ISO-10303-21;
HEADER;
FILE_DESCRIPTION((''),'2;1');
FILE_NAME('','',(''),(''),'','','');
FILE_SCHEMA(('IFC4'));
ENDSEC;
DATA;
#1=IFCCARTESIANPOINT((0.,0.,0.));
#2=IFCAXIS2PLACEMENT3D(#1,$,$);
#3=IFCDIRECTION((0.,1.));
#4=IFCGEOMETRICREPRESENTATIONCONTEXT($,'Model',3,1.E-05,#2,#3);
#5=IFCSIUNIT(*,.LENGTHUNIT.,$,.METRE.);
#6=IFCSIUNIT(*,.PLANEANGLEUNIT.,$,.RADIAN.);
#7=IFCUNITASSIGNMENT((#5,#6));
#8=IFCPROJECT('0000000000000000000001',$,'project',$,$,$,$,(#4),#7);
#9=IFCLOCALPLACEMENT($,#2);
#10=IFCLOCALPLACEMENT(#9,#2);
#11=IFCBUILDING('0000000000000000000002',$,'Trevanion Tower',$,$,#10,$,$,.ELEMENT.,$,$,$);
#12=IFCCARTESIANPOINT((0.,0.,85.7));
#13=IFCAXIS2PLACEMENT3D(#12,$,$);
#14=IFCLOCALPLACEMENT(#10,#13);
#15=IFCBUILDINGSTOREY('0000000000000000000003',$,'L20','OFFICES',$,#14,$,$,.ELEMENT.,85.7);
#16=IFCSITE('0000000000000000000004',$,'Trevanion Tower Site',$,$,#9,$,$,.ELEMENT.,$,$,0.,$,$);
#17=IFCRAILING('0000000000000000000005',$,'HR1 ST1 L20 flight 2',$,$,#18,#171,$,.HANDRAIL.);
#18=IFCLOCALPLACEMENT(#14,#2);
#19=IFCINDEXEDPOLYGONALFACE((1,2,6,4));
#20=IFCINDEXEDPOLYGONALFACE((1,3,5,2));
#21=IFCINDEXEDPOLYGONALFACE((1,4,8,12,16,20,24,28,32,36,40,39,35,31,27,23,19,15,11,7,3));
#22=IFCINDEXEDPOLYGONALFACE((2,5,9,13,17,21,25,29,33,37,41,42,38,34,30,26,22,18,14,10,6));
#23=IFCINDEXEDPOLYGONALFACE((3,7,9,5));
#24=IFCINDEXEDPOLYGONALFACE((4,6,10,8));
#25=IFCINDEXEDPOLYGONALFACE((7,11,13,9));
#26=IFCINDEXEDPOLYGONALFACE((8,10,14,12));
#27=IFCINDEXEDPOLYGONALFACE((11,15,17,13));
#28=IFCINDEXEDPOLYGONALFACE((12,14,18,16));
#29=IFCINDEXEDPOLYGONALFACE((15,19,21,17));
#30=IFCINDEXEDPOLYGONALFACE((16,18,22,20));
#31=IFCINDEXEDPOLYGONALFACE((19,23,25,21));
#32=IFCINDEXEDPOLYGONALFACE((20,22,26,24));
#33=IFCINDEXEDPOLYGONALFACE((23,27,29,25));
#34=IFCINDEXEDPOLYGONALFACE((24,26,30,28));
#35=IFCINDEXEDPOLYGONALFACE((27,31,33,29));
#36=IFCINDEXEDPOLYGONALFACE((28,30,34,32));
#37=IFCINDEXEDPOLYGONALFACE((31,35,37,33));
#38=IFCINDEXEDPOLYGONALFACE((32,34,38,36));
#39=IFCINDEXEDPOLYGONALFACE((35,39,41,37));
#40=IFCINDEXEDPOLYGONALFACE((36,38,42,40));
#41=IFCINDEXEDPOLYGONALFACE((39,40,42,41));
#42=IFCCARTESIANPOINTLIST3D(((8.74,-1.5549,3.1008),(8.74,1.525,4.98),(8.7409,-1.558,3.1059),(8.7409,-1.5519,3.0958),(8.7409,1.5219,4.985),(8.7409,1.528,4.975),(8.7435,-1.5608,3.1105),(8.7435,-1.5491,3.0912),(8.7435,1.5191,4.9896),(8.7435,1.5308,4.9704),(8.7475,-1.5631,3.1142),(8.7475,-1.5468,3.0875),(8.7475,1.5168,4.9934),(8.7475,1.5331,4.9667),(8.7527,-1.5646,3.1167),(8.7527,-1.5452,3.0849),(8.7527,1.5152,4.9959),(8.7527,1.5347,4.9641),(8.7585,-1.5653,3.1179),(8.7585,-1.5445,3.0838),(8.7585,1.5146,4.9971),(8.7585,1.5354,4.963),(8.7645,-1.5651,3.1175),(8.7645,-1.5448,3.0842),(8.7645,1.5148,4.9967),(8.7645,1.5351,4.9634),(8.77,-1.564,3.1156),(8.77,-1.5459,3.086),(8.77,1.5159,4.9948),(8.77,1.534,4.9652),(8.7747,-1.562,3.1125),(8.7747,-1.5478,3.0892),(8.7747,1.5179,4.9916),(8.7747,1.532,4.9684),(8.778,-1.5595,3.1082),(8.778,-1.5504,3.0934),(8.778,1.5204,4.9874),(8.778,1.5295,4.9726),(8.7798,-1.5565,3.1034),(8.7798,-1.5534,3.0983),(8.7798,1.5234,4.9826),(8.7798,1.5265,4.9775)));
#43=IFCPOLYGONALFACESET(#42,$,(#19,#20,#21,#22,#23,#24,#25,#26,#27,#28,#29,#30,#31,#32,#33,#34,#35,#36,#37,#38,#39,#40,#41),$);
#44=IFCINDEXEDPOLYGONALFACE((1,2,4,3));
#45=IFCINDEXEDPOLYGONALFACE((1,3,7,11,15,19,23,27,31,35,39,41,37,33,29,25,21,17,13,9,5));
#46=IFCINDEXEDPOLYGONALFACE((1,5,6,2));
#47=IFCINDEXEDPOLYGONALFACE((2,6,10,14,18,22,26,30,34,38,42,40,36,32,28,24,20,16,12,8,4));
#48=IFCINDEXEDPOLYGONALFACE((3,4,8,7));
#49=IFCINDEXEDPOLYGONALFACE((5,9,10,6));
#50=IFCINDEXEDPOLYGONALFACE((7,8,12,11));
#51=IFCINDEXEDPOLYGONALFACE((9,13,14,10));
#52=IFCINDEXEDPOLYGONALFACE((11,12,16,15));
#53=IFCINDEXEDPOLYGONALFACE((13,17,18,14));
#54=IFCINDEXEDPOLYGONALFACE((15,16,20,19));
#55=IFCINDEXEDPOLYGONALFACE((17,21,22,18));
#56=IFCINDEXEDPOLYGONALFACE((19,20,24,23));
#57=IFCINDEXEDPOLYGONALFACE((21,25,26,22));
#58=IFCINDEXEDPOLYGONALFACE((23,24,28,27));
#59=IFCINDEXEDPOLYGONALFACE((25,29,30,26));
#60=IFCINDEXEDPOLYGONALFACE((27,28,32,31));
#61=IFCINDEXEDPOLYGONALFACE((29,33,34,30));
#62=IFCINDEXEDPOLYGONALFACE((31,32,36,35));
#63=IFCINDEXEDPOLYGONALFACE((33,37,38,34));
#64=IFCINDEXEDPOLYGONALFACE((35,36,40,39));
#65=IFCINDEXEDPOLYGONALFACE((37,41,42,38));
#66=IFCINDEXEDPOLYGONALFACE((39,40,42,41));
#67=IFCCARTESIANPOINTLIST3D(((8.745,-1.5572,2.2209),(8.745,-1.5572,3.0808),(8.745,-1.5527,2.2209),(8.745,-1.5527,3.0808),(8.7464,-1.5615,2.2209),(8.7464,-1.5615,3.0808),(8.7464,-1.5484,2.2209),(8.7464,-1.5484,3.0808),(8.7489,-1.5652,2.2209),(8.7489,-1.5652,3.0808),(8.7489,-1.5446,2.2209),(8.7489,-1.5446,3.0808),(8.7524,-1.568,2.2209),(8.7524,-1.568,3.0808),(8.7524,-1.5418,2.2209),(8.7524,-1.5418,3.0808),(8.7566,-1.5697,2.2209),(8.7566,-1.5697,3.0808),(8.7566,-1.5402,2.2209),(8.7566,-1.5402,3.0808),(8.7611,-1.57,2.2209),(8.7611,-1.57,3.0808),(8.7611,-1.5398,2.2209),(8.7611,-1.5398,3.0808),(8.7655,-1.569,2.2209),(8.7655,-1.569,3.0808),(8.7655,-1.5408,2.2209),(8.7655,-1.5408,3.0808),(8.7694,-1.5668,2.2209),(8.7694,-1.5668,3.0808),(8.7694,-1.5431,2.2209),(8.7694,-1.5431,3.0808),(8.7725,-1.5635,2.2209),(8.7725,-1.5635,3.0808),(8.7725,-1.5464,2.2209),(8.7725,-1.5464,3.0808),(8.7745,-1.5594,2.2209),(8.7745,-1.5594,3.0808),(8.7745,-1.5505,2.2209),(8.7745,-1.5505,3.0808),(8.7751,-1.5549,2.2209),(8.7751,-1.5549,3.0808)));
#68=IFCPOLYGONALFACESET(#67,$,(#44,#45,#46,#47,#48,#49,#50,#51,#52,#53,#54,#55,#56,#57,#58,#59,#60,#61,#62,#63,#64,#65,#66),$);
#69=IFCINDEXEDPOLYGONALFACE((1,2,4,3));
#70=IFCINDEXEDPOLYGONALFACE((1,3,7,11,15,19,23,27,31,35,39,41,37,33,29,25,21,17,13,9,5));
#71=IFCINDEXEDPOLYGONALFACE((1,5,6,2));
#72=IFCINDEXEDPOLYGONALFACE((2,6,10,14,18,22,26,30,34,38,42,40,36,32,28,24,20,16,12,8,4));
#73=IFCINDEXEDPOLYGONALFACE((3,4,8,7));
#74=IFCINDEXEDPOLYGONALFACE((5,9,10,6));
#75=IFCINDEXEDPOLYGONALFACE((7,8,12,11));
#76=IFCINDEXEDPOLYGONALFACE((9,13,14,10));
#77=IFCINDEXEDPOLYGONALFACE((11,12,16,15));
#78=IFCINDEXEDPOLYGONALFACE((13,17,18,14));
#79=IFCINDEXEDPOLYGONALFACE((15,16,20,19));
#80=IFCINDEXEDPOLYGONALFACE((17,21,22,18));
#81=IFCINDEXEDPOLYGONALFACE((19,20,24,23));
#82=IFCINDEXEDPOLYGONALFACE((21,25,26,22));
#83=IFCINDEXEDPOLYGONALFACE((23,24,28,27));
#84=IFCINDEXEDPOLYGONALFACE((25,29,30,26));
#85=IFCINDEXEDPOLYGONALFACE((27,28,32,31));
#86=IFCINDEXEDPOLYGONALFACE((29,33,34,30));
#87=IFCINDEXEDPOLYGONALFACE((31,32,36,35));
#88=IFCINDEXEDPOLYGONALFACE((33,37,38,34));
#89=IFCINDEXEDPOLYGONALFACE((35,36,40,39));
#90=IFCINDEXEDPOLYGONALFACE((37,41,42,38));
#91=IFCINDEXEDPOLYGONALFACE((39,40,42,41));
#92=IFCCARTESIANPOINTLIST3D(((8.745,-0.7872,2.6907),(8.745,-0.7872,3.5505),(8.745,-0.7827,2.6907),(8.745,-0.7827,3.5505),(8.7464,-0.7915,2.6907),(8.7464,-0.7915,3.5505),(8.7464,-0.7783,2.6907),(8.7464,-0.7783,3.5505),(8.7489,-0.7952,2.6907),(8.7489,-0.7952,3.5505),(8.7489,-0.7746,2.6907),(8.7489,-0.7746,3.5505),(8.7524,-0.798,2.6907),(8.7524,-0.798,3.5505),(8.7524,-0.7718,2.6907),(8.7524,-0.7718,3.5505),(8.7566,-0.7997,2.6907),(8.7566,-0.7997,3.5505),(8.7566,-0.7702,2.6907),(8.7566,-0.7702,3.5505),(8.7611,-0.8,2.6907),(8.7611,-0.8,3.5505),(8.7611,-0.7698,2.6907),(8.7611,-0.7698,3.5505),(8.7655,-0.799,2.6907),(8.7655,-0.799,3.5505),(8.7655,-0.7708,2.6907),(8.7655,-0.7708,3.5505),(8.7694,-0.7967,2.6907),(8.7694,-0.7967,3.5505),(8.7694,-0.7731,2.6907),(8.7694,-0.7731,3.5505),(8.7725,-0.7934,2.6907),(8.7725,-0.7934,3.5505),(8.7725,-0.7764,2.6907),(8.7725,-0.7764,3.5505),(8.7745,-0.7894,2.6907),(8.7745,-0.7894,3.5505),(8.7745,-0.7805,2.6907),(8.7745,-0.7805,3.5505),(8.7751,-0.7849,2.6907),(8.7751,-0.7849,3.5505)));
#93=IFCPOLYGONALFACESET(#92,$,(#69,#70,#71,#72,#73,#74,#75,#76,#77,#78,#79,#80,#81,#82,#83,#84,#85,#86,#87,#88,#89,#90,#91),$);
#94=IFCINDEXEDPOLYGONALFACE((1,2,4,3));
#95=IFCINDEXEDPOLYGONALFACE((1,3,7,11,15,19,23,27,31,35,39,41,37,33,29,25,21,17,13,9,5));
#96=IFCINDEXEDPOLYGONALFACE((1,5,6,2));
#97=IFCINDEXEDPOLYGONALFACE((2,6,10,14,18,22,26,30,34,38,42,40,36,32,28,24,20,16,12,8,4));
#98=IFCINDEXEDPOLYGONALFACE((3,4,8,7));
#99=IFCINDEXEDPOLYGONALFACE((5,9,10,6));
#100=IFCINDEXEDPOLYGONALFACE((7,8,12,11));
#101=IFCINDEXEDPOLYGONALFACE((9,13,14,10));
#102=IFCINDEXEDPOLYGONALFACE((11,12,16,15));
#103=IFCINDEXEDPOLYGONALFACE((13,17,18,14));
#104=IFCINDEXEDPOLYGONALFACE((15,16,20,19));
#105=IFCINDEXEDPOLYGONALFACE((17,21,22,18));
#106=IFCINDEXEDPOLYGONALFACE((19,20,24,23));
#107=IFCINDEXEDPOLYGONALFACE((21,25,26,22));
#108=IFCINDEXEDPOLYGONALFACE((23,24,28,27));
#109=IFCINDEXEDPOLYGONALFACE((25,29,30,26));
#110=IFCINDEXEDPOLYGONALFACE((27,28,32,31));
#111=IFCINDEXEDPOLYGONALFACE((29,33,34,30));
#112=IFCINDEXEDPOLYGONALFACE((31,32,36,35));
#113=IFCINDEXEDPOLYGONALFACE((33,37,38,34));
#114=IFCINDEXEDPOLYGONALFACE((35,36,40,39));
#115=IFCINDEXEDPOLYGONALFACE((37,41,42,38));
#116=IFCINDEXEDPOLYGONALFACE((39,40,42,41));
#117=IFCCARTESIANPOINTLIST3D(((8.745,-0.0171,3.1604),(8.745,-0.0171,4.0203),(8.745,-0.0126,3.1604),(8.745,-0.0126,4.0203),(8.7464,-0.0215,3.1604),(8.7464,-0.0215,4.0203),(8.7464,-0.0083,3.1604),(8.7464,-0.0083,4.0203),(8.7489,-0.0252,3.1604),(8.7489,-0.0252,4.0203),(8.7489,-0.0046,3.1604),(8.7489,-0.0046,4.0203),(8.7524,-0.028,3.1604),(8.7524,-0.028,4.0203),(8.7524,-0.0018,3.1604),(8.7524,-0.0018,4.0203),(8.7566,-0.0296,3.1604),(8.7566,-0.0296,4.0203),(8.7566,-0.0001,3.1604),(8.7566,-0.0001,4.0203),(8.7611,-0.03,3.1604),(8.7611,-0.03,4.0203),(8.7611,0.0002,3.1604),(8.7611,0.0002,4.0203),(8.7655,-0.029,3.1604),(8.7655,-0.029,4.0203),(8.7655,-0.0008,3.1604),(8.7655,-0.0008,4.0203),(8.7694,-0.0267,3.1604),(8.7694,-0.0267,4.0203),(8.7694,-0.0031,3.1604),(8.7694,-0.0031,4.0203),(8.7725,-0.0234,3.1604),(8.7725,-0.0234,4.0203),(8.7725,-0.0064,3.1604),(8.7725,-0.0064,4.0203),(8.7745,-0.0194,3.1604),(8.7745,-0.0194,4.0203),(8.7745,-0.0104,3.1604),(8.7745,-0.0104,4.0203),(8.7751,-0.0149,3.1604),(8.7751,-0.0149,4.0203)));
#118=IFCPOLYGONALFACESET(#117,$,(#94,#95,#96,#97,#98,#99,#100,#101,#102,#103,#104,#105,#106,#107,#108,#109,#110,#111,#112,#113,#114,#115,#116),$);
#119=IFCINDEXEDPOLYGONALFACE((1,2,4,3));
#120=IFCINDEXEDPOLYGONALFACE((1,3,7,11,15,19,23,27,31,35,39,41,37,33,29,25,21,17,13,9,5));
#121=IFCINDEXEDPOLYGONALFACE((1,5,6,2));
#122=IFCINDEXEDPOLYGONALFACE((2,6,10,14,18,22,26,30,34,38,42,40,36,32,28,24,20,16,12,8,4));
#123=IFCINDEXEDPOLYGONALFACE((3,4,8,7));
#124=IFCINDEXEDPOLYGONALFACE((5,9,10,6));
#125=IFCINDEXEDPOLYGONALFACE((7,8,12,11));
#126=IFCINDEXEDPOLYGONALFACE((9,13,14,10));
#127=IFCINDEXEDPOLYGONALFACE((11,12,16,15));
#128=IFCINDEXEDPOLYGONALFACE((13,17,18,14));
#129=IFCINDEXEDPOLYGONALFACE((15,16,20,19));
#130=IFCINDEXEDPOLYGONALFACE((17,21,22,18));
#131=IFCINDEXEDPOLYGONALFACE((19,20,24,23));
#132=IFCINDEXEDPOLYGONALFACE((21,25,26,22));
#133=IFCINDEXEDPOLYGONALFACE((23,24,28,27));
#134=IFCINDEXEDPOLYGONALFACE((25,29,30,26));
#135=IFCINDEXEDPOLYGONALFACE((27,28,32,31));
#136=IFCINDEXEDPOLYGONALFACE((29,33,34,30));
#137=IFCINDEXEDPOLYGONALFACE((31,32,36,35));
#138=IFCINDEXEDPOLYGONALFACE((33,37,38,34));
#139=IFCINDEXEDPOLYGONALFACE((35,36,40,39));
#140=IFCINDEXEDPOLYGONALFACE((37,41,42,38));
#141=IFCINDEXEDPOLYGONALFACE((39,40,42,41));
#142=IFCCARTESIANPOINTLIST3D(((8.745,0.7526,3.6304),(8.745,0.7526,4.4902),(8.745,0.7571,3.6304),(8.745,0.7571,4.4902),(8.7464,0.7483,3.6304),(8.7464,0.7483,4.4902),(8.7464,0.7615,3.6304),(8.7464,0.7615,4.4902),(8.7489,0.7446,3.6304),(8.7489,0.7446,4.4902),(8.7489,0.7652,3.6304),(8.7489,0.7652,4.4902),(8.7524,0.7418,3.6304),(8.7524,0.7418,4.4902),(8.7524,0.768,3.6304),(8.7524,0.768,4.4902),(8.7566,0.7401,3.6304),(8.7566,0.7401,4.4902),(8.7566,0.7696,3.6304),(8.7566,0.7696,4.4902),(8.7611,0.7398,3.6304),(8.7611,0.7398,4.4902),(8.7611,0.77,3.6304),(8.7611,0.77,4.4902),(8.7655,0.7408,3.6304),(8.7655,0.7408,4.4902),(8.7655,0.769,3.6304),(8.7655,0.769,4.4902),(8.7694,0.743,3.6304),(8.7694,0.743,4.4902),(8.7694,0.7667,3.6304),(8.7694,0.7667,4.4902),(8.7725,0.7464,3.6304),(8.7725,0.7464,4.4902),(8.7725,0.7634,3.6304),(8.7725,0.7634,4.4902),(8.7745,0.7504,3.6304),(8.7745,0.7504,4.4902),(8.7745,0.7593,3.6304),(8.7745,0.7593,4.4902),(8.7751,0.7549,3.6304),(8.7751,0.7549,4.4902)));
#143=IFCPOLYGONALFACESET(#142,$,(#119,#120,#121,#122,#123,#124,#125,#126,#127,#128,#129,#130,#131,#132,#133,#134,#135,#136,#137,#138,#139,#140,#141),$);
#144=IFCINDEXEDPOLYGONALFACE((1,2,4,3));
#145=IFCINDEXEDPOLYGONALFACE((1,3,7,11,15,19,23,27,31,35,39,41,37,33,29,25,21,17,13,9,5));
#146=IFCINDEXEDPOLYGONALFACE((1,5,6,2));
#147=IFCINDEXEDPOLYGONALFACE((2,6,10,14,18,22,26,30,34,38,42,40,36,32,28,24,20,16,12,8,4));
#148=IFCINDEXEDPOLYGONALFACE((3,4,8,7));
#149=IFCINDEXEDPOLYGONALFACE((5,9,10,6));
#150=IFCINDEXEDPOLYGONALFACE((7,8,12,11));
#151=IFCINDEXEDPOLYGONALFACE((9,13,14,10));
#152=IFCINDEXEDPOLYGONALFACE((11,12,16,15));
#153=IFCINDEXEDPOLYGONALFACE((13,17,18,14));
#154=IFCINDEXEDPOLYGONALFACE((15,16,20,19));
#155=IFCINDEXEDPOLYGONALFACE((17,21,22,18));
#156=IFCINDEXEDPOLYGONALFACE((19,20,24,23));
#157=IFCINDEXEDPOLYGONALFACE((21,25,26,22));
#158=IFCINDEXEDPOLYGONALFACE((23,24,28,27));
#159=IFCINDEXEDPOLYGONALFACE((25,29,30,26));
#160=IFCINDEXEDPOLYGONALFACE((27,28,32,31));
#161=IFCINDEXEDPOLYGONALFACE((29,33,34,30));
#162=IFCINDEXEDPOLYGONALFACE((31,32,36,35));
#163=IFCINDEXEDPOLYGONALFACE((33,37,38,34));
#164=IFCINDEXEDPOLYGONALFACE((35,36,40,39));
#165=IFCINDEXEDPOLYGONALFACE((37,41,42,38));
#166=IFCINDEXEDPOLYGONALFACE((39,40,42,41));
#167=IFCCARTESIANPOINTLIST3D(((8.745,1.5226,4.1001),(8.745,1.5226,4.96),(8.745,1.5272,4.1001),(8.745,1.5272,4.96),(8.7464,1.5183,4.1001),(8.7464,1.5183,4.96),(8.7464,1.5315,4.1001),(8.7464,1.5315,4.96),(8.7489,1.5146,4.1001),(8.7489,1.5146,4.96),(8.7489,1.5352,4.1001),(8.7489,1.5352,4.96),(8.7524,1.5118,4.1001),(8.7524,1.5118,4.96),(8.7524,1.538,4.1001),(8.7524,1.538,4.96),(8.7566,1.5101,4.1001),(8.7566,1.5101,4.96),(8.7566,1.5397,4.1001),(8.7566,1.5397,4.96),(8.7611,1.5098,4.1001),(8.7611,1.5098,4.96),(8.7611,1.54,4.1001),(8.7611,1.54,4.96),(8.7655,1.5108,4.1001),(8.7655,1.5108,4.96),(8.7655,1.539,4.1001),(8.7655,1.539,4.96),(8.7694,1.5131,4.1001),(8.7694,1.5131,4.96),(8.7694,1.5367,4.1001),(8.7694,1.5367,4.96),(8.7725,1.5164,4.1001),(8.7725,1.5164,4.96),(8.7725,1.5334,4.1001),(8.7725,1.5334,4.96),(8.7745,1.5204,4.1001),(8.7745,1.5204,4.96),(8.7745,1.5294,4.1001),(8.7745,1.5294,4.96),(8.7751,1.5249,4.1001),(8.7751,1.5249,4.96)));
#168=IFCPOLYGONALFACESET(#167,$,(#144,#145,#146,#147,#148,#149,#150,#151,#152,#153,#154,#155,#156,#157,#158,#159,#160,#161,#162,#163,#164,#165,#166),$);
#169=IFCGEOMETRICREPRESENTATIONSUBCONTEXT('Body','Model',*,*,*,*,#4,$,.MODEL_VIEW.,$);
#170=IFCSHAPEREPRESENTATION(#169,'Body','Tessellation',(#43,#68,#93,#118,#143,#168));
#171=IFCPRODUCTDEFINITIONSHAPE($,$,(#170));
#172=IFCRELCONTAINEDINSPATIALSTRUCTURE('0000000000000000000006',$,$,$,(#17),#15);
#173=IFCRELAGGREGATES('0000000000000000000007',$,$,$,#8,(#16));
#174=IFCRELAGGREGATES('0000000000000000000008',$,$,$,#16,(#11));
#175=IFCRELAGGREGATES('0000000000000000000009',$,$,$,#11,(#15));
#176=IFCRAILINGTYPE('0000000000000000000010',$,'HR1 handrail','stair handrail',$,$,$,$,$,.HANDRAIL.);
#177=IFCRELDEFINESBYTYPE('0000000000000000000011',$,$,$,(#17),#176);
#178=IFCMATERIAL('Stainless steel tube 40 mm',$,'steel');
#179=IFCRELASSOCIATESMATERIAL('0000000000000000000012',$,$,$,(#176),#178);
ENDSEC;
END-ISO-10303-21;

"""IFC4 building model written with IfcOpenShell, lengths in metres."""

from ifc_helpers import new_model, si_unit, direction, frame, origin, origin_2d, place, context, subcontext, project, spatial, circle, extrude, material, type_object, element, save


model = new_model("IFC4")

# Units and contexts
model_context = context("Model", 3, precision=1e-05, world=origin(), true_north=direction((0.0, 1.0)))
body_context = subcontext(model_context, "Body", "Model", "MODEL_VIEW")
ifc_project = project(units=[si_unit("LENGTHUNIT", "METRE"), si_unit("PLANEANGLEUNIT", "RADIAN")], contexts=[model_context])

# Site, building, storey
site_placement = place(None, origin())
site = spatial("IfcSite", under=ifc_project, at=site_placement, Name="Trevanion Tower Site", CompositionType="ELEMENT", RefElevation=0.0)
building_placement = place(site_placement, origin())
building = spatial("IfcBuilding", under=site, at=building_placement, Name="Trevanion Tower", CompositionType="ELEMENT")
storey_placement = place(building_placement, frame((0.0, 0.0, 85.7)))
storey = spatial("IfcBuildingStorey", under=building, at=storey_placement, Name="L20", Description="OFFICES", CompositionType="ELEMENT", Elevation=85.7)

# Railing
ifc_material_1 = material(Name="Stainless steel tube 40 mm", Category="steel")
railing_type = type_object("IfcRailingType", Name="HR1 handrail", Description="stair handrail", PredefinedType="HANDRAIL", material=ifc_material_1)
for number, where, name in (
    (1, (8.76, -1.5549, 2.2209), "HR1 ST1 L20 flight 2"),
):
    element("IfcRailing", number, at=place(storey_placement, frame(where)), inside=storey, type_object=railing_type, Name=name, PredefinedType="HANDRAIL", context=body_context, shape_type="SweptSolid", body=[
        extrude(circle(Radius=0.02, at=origin_2d()), frame((0.0, 0.0, 0.8799), z_axis=(0.0, 0.853648, 0.52085), x_axis=(-1.0, 0.0, 0.0)), (0.0, 0.0, 1.0), 3.6079),
        extrude(circle(Radius=0.0151, at=origin_2d()), origin(), (0.0, 0.0, 1.0), 0.8599),
        extrude(circle(Radius=0.0151, at=origin_2d()), frame((0.0, 0.77, 0.4697)), (0.0, 0.0, 1.0), 0.8599),
        extrude(circle(Radius=0.0151, at=origin_2d()), frame((0.0, 1.54, 0.9395)), (0.0, 0.0, 1.0), 0.8599),
        extrude(circle(Radius=0.0151, at=origin_2d()), frame((0.0, 2.3098, 1.4094)), (0.0, 0.0, 1.0), 0.8599),
        extrude(circle(Radius=0.0151, at=origin_2d()), frame((0.0, 3.0798, 1.8792)), (0.0, 0.0, 1.0), 0.8599),
    ])

save(model, "model.ifc")
